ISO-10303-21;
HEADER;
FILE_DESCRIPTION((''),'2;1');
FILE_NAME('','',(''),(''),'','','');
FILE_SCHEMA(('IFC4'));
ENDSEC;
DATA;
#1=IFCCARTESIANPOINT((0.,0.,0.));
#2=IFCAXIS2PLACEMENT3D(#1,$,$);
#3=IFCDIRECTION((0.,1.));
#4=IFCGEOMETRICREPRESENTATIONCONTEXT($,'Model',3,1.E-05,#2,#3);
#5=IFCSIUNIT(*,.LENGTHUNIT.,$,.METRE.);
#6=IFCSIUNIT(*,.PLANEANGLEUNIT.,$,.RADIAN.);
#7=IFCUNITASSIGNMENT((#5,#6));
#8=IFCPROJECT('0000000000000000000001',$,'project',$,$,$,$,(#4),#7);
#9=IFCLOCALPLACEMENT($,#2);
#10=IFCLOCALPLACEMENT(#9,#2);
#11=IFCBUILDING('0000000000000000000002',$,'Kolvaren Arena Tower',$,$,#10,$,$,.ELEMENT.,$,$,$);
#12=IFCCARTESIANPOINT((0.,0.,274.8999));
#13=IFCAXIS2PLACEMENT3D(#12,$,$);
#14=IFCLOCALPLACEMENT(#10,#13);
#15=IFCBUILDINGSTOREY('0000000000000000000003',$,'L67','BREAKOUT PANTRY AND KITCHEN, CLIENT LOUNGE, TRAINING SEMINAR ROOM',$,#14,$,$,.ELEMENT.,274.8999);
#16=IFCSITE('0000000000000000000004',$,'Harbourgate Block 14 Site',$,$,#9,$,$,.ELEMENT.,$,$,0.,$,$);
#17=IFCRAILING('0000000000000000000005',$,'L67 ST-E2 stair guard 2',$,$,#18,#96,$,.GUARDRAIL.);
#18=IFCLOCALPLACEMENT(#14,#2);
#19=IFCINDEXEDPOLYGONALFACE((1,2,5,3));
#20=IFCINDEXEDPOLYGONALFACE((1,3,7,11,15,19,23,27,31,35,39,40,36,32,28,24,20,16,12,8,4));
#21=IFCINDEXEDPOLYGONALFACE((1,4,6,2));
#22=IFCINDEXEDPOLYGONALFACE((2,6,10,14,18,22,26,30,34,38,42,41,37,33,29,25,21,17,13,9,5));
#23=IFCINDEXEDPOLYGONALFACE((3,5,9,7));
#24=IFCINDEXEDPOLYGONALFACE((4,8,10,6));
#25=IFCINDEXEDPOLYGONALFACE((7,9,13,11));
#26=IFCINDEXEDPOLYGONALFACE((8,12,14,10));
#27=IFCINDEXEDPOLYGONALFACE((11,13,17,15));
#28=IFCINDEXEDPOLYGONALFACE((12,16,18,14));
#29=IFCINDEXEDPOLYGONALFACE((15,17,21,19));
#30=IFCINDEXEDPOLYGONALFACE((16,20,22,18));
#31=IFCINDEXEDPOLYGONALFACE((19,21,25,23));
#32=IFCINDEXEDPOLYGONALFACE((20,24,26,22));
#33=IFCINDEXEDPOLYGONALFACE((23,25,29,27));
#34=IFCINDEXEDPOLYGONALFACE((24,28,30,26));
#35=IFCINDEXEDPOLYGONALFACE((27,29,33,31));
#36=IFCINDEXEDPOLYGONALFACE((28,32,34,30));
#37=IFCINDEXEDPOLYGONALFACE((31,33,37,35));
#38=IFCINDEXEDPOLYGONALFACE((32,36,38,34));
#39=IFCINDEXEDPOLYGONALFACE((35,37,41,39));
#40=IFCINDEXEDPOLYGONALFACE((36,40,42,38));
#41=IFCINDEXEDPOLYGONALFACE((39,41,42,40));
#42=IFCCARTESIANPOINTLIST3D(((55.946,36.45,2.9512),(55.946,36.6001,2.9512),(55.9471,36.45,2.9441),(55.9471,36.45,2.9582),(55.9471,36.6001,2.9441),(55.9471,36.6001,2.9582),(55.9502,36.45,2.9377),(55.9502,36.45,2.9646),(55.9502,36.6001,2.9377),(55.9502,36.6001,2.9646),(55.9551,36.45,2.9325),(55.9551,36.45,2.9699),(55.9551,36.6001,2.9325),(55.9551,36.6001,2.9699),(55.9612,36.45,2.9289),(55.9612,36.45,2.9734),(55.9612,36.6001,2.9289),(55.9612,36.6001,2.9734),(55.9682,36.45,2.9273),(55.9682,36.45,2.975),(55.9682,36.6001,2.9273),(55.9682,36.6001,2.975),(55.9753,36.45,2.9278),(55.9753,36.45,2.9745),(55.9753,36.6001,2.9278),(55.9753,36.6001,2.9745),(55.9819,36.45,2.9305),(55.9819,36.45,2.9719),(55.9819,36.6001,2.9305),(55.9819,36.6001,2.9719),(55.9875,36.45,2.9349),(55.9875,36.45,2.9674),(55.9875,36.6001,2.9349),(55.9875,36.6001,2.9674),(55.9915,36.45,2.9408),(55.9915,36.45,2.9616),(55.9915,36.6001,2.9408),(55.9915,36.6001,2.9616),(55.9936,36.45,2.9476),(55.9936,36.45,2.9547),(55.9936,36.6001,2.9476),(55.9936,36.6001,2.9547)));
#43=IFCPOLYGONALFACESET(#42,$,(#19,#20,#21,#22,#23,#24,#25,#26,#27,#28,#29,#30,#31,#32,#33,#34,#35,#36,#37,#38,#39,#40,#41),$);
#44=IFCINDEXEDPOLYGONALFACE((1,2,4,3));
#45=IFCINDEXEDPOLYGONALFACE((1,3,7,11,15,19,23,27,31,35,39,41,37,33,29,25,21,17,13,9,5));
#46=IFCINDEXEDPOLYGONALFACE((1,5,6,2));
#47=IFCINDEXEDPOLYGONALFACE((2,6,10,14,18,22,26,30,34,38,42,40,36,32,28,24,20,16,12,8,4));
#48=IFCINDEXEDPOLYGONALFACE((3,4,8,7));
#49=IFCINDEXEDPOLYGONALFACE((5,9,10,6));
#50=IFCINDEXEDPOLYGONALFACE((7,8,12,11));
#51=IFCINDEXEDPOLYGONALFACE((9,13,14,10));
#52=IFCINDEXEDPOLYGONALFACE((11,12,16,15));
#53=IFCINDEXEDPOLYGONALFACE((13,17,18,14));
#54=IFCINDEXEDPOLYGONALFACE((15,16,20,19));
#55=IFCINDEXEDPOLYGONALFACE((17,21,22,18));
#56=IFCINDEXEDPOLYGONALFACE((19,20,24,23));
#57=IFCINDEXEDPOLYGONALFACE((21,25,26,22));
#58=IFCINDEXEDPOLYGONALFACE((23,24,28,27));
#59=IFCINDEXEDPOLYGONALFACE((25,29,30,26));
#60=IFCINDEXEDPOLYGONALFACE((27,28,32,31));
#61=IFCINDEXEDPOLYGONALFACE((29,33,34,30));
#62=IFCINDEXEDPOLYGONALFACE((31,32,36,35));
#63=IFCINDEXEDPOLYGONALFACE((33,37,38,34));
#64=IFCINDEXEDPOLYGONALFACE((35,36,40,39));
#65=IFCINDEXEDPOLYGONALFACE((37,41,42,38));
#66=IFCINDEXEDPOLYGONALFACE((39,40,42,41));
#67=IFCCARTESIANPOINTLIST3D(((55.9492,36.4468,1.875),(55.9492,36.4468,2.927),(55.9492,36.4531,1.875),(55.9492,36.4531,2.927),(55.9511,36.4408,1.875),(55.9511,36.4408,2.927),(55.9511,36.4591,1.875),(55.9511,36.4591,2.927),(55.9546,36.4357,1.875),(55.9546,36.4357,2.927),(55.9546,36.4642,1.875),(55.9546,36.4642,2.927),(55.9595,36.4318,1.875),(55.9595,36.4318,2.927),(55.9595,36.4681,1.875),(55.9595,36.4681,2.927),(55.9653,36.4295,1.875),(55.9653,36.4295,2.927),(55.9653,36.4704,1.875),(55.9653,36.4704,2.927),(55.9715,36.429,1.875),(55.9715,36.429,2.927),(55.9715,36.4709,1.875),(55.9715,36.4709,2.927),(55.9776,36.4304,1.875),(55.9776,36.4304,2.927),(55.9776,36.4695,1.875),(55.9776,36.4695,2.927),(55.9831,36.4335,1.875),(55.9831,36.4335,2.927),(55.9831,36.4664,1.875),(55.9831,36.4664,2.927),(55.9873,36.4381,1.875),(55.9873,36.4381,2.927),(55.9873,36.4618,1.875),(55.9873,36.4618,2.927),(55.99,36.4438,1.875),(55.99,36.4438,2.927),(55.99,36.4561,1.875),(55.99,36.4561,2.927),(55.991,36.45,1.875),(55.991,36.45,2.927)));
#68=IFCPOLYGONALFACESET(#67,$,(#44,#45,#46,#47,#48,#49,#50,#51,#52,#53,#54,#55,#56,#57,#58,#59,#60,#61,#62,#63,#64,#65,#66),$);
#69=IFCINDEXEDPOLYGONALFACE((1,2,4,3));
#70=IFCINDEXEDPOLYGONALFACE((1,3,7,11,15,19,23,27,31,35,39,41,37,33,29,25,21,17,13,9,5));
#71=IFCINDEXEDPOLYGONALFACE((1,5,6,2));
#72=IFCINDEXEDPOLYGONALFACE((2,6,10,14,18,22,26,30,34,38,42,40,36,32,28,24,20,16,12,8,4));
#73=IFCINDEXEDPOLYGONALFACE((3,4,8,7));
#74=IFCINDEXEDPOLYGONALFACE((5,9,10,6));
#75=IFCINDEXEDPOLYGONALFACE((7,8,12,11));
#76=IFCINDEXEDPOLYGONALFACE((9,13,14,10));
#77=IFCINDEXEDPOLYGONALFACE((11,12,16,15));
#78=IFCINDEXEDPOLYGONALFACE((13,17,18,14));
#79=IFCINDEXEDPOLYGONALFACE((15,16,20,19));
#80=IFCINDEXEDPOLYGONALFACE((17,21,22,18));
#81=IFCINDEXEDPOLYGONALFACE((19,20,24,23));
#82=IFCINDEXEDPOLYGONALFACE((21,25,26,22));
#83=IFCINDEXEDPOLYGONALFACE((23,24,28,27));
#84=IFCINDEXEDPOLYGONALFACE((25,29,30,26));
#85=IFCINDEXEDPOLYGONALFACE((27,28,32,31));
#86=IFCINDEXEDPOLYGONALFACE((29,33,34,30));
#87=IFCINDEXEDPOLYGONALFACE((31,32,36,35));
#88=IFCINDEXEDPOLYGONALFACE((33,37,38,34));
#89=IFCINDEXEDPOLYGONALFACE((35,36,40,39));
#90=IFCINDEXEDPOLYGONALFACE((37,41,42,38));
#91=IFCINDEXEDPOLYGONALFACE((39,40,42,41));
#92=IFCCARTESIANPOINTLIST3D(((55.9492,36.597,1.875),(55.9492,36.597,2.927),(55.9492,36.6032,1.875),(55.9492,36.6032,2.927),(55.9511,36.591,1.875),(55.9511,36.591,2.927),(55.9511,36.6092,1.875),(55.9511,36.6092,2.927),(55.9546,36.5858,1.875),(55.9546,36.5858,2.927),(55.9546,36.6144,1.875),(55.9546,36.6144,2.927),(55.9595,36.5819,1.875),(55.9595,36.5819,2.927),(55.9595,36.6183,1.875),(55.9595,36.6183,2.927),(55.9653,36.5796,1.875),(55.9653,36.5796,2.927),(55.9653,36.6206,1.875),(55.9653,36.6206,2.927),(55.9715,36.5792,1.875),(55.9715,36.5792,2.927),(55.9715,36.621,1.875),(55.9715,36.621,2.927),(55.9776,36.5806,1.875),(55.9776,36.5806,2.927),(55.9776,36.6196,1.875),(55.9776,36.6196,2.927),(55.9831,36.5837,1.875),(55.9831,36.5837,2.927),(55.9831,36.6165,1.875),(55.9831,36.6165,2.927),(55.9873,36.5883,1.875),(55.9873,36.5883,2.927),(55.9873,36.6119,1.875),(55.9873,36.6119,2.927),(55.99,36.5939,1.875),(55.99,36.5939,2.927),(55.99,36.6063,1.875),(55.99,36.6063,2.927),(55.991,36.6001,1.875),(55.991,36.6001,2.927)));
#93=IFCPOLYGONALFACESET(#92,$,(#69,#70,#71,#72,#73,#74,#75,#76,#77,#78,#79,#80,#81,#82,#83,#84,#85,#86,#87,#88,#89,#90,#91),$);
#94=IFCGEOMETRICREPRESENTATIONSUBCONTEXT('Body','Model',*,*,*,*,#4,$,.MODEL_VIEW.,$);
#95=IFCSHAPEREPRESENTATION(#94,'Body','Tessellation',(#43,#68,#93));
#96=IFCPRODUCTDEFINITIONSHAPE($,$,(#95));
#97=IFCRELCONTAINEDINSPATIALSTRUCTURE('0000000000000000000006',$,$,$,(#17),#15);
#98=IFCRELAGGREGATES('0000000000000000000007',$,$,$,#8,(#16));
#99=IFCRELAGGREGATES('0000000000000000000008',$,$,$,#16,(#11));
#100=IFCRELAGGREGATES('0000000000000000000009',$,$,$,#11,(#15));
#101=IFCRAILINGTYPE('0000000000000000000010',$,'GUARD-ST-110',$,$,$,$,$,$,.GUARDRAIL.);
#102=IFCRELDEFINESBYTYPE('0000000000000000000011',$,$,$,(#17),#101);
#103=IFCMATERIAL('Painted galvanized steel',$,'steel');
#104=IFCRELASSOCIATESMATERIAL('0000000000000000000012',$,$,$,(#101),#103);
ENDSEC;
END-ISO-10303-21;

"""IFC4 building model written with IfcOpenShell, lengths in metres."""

from ifc_helpers import new_model, si_unit, direction, frame, origin, origin_2d, place, context, subcontext, project, spatial, circle, extrude, material, type_object, element, save


model = new_model("IFC4")

# Units and contexts
model_context = context("Model", 3, precision=1e-05, world=origin(), true_north=direction((0.0, 1.0)))
body_context = subcontext(model_context, "Body", "Model", "MODEL_VIEW")
ifc_project = project(units=[si_unit("LENGTHUNIT", "METRE"), si_unit("PLANEANGLEUNIT", "RADIAN")], contexts=[model_context])

# Site, building, storey
site_placement = place(None, origin())
site = spatial("IfcSite", under=ifc_project, at=site_placement, Name="Harbourgate Block 14 Site", CompositionType="ELEMENT", RefElevation=0.0)
building_placement = place(site_placement, origin())
building = spatial("IfcBuilding", under=site, at=building_placement, Name="Kolvaren Arena Tower", CompositionType="ELEMENT")
storey_placement = place(building_placement, frame((0.0, 0.0, 274.8999)))
storey = spatial("IfcBuildingStorey", under=building, at=storey_placement, Name="L67", Description="BREAKOUT PANTRY AND KITCHEN, CLIENT LOUNGE, TRAINING SEMINAR ROOM", CompositionType="ELEMENT", Elevation=274.8999)

# Railing
ifc_material_1 = material(Name="Painted galvanized steel", Category="steel")
railing_type_1 = type_object("IfcRailingType", Name="GUARD-ST-110", PredefinedType="GUARDRAIL", material=ifc_material_1)
railing_1_placement = place(storey_placement, frame((55.97, 36.45, 1.875)))
element("IfcRailing", 1, at=railing_1_placement, inside=storey, type_object=railing_type_1, Name="L67 ST-E2 stair guard 2", PredefinedType="GUARDRAIL", context=body_context, shape_type="SweptSolid", body=[
    extrude(circle(Radius=0.0239, at=origin_2d()), frame((0.0, 0.0, 1.0762), z_axis=(0.0, 1.0, 0.0), x_axis=(-1.0, 0.0, 0.0)), (0.0, 0.0, 1.0), 0.1501),
    extrude(circle(Radius=0.021, at=origin_2d()), origin(), (0.0, 0.0, 1.0), 1.052),
    extrude(circle(Radius=0.021, at=origin_2d()), frame((0.0, 0.1501, 0.0)), (0.0, 0.0, 1.0), 1.052),
])

save(model, "model.ifc")
